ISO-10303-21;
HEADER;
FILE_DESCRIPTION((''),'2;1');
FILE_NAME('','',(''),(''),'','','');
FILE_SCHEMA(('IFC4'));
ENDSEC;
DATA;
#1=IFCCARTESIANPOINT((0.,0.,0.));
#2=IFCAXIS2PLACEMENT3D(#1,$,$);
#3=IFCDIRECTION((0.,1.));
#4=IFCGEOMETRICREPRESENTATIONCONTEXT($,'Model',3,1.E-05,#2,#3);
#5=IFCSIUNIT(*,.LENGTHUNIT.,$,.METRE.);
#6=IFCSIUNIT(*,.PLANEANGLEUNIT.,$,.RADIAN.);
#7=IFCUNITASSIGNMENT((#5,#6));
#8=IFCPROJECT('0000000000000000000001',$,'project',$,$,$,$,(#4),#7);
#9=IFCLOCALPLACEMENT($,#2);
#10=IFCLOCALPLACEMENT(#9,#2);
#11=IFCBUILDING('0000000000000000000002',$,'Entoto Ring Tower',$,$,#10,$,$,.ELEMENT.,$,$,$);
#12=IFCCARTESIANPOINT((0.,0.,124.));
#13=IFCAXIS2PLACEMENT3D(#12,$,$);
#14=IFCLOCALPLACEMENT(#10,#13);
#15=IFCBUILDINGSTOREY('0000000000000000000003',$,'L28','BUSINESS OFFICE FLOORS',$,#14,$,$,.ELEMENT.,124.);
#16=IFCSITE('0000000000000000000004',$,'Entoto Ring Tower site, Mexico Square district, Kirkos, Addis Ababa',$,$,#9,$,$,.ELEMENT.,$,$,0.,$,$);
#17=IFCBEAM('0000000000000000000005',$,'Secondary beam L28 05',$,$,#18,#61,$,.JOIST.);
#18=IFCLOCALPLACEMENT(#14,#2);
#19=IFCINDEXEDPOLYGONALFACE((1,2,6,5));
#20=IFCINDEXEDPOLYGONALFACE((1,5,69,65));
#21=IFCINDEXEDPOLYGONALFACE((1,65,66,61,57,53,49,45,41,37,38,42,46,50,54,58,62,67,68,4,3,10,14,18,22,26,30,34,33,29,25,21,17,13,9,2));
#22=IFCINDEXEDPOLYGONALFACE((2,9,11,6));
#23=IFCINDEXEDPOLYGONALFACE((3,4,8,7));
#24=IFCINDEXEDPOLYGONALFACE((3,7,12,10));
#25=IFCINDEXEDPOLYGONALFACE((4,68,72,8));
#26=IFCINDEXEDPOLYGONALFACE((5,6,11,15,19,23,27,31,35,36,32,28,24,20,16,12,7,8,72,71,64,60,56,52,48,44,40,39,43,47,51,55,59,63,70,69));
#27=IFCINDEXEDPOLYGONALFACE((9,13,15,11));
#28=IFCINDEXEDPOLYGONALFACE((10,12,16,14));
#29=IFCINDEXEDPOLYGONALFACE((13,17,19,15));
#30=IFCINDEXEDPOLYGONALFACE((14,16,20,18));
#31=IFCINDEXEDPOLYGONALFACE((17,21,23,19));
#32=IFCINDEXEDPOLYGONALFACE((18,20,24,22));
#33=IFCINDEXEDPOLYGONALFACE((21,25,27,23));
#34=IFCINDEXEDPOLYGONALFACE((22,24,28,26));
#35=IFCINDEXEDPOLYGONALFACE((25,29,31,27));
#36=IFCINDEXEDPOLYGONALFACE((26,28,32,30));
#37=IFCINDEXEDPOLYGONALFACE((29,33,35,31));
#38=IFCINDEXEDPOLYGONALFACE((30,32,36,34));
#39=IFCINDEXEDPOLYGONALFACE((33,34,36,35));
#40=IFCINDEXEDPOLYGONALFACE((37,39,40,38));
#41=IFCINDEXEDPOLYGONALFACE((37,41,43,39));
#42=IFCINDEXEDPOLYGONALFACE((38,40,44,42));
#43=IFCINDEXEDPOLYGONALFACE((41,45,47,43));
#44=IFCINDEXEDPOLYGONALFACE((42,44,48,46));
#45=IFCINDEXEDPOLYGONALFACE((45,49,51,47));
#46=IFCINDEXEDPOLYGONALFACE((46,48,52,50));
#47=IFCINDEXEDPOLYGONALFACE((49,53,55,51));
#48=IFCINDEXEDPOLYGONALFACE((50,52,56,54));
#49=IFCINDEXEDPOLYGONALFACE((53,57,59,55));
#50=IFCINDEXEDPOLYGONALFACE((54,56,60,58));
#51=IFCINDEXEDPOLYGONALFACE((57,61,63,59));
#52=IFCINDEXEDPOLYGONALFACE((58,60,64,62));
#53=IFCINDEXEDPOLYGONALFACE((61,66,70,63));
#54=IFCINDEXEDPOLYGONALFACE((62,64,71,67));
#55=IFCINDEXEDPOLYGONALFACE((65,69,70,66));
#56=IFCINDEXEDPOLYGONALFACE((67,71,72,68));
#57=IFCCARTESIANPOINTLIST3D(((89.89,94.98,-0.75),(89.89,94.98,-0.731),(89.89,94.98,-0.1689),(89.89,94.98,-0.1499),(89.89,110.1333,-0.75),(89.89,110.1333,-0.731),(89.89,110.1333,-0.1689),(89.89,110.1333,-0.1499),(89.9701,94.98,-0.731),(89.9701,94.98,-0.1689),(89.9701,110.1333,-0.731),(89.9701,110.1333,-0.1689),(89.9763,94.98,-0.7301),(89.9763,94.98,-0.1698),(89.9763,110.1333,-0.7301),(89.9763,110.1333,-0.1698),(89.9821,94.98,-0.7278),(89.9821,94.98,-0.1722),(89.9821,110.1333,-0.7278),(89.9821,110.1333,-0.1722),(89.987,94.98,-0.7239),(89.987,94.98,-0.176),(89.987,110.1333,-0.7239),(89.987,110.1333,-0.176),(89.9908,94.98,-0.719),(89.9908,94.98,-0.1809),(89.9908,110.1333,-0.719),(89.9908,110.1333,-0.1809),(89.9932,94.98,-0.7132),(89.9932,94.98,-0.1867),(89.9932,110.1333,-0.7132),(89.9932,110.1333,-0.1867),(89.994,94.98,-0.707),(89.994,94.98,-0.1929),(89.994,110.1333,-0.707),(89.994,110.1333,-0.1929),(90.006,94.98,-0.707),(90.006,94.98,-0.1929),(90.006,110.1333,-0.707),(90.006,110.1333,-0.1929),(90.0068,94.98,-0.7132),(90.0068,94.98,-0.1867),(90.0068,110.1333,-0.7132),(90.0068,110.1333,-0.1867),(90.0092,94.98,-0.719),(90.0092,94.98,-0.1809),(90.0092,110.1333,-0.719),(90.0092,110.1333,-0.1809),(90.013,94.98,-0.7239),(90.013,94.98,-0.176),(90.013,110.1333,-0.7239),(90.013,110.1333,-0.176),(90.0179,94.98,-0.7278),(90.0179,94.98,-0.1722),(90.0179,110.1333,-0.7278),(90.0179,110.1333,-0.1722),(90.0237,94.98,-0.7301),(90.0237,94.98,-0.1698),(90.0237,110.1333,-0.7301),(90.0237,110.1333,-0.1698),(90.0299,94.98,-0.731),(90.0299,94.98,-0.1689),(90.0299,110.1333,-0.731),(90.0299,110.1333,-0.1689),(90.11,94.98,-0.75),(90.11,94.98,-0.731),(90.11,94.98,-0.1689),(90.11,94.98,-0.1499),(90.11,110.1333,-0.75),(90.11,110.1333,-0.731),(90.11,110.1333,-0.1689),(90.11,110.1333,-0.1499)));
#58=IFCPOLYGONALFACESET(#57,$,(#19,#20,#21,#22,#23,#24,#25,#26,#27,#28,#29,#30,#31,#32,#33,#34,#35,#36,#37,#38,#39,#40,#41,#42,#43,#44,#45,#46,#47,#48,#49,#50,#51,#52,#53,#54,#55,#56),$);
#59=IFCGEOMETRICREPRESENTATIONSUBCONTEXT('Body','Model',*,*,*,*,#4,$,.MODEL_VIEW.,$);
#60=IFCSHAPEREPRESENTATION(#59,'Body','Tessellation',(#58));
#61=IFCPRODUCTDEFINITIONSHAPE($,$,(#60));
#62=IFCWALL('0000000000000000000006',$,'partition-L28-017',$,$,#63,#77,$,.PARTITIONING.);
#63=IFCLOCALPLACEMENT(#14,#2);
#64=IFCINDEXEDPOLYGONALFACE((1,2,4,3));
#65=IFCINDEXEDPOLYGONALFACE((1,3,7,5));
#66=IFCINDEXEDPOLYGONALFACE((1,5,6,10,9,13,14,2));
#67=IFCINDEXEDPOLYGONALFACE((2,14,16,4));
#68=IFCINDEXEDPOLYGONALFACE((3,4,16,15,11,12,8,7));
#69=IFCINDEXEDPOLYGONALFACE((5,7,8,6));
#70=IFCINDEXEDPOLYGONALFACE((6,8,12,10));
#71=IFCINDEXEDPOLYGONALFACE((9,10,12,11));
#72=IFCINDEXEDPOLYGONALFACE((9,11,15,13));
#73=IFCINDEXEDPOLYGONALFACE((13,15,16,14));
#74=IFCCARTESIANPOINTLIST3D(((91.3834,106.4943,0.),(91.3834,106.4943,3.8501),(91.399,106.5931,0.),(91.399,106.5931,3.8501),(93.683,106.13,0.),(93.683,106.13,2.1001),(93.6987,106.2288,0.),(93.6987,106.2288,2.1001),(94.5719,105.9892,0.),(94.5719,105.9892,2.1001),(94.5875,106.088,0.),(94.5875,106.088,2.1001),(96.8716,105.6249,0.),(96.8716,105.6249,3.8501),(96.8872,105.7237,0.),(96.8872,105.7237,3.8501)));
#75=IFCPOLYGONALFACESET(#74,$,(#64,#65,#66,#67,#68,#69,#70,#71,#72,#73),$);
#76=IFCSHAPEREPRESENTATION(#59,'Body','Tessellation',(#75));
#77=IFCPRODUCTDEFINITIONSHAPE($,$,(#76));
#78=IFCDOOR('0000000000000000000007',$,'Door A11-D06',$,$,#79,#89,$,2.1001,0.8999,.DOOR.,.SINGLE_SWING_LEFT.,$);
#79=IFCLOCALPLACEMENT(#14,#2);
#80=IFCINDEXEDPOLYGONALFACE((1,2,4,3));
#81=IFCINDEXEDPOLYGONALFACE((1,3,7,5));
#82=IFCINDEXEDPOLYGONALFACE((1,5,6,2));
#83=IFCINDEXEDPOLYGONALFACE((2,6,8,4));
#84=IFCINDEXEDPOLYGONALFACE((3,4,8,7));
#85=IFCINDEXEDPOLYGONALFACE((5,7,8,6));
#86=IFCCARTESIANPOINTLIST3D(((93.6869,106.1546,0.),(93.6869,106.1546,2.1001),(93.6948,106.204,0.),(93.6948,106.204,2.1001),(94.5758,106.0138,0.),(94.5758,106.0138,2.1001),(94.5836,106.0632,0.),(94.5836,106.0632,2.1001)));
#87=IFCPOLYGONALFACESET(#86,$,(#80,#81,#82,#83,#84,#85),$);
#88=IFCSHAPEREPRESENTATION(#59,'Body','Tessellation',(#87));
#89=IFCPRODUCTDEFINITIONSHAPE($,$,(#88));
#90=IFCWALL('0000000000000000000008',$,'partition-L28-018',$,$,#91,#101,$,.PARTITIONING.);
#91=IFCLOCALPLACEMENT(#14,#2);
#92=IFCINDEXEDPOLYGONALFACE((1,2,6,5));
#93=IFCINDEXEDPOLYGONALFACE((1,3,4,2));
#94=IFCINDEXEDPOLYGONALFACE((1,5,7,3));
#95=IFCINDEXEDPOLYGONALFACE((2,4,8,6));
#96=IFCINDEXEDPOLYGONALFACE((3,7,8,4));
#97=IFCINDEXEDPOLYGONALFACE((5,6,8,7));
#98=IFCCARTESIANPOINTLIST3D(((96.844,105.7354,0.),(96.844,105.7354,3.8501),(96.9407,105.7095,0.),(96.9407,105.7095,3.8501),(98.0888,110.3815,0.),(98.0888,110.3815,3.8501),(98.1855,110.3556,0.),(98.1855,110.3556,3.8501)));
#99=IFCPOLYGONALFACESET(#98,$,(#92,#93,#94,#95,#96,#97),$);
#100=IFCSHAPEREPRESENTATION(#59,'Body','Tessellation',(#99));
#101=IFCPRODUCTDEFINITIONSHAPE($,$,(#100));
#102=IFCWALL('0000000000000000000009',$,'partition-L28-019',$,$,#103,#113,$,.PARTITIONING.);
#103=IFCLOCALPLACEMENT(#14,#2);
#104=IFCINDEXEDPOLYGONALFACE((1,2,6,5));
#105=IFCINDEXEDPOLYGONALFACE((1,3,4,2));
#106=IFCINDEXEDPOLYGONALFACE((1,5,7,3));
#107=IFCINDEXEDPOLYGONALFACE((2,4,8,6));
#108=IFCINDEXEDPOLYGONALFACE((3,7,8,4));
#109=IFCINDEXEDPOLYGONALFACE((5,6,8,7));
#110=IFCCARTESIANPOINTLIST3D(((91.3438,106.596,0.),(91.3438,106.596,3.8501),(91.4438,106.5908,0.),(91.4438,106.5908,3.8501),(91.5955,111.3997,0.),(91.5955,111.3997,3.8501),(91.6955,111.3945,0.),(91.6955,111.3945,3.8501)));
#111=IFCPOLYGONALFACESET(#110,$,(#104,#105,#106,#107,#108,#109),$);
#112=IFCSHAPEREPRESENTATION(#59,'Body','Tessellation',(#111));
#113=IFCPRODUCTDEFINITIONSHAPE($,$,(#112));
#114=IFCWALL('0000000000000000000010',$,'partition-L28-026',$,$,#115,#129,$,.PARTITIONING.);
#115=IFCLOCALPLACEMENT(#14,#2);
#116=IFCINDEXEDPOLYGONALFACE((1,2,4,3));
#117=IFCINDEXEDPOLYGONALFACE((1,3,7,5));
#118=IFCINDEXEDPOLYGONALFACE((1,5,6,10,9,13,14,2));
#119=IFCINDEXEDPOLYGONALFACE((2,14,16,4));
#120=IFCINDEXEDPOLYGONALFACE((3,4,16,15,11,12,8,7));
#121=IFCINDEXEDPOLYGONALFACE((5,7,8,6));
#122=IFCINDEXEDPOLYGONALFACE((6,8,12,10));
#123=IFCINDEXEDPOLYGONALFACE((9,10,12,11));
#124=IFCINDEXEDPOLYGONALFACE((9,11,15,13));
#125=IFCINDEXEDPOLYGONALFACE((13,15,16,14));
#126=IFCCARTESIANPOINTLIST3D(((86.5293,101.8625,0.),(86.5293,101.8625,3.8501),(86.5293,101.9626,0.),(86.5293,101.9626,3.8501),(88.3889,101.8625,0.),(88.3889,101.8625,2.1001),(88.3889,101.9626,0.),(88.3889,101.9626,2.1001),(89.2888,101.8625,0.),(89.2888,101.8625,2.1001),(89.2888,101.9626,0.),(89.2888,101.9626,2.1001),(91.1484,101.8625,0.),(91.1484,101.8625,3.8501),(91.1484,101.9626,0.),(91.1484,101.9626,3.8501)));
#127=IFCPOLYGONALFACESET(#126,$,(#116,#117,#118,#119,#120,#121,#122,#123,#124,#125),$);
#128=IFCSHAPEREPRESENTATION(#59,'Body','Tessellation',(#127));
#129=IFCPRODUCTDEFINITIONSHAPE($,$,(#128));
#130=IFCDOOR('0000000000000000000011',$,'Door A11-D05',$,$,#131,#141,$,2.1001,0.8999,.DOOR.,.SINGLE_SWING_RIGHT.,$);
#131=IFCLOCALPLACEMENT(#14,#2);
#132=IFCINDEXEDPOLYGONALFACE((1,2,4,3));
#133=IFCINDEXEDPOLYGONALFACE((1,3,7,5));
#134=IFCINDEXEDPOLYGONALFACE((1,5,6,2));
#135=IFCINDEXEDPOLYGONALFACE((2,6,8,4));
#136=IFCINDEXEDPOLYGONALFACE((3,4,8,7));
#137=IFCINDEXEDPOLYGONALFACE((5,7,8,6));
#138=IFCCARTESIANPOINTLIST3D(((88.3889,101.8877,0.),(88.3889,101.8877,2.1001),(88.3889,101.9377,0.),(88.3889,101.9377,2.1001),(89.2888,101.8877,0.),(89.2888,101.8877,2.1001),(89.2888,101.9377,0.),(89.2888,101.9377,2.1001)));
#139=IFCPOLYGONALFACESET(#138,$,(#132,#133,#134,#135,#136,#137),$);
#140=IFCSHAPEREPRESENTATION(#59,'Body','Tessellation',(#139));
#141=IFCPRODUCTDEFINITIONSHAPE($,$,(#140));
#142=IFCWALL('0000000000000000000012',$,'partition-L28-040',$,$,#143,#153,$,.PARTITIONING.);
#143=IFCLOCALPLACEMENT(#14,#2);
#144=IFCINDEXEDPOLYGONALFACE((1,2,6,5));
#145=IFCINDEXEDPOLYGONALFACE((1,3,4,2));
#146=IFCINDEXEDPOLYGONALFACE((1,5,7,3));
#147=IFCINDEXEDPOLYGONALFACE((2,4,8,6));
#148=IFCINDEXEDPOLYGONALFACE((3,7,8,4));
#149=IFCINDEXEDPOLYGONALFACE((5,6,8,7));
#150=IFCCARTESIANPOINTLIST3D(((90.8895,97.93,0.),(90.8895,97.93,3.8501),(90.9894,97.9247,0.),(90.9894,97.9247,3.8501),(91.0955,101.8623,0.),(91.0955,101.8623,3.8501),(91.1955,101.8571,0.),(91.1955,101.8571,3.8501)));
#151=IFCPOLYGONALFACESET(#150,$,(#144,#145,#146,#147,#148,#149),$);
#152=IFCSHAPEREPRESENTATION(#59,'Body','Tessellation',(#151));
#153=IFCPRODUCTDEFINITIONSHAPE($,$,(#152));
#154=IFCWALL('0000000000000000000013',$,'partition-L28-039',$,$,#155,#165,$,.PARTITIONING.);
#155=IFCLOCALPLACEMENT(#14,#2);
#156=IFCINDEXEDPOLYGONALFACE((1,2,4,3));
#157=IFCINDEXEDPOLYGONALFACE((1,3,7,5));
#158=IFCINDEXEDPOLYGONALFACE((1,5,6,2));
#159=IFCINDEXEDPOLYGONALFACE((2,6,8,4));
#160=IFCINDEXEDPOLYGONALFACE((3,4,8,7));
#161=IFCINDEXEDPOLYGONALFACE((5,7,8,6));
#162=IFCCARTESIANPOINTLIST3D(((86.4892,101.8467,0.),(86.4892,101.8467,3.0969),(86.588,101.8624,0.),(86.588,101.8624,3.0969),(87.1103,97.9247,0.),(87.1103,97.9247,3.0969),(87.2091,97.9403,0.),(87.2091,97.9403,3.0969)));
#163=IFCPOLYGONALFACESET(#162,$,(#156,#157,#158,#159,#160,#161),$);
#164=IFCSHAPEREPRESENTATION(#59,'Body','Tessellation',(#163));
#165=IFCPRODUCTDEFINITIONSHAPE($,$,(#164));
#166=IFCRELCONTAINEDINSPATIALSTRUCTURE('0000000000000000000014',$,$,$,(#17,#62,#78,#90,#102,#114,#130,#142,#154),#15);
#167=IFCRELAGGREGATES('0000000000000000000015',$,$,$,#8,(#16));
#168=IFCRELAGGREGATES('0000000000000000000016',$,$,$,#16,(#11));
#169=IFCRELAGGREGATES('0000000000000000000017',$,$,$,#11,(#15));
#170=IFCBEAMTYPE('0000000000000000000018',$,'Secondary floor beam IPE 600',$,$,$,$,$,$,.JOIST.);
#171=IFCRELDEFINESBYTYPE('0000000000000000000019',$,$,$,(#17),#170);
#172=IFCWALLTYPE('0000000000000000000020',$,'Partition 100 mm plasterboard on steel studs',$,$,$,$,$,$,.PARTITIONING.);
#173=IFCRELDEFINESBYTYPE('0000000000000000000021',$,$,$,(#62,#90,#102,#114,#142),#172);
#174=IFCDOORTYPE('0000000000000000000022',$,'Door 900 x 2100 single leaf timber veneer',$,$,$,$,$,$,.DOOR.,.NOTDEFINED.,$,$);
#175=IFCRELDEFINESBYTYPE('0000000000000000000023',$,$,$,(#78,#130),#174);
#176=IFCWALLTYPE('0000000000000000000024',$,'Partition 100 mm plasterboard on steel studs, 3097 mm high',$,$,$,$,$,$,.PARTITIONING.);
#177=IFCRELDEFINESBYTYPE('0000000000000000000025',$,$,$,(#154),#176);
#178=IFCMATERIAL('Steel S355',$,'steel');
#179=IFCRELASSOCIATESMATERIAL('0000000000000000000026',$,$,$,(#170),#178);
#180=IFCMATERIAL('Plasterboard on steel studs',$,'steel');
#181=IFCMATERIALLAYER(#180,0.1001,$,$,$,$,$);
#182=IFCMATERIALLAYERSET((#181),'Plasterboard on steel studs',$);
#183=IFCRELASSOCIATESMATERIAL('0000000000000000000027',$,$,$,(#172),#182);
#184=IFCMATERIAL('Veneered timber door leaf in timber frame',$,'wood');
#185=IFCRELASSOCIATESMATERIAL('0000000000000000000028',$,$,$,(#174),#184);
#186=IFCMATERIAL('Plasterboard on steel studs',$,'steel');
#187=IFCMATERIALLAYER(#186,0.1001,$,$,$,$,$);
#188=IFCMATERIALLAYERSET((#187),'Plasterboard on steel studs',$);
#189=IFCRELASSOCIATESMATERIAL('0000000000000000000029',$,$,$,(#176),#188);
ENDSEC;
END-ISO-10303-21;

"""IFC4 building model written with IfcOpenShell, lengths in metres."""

from ifc_helpers import new_model, si_unit, direction, frame, frame_2d, origin, origin_2d, place, context, subcontext, project, spatial, rectangle, i_section, extrude, material, layer, layer_set, material_profile, profile_set, type_object, element, fill, save


model = new_model("IFC4")

# Units and contexts
model_context = context("Model", 3, precision=1e-05, world=origin(), true_north=direction((0.0, 1.0)))
body_context = subcontext(model_context, "Body", "Model", "MODEL_VIEW")
ifc_project = project(units=[si_unit("LENGTHUNIT", "METRE"), si_unit("PLANEANGLEUNIT", "RADIAN")], contexts=[model_context])

# Site, building, storey
site_placement = place(None, origin())
site = spatial("IfcSite", under=ifc_project, at=site_placement, Name="Entoto Ring Tower site, Mexico Square district, Kirkos, Addis Ababa", CompositionType="ELEMENT", RefElevation=0.0)
building_placement = place(site_placement, origin())
building = spatial("IfcBuilding", under=site, at=building_placement, Name="Entoto Ring Tower", CompositionType="ELEMENT")
storey_placement = place(building_placement, frame((0.0, 0.0, 124.0)))
storey = spatial("IfcBuildingStorey", under=building, at=storey_placement, Name="L28", Description="BUSINESS OFFICE FLOORS", CompositionType="ELEMENT", Elevation=124.0)

# Beam
ifc_material_1 = material(Name="Steel S355", Category="steel")
ifc_material_profile_1 = material_profile(ifc_material_1, i_section(OverallWidth=0.22, OverallDepth=0.6001, WebThickness=0.012, FlangeThickness=0.019, FilletRadius=0.0239, at=origin_2d()), Name="IPE 600")
ifc_profile_set_1 = profile_set([ifc_material_profile_1], Name="Steel S355")
beam_type_1 = type_object("IfcBeamType", Name="Secondary floor beam IPE 600", PredefinedType="JOIST", material=ifc_profile_set_1)
beam_1_placement = place(storey_placement, frame((90.0, 94.98, -0.45), z_axis=(0.0, 1.0, 0.0), x_axis=(-1.0, 0.0, 0.0)))
element("IfcBeam", 1, at=beam_1_placement, inside=storey, type_object=beam_type_1, Name="Secondary beam L28 05", PredefinedType="JOIST", context=body_context, shape_type="SweptSolid", body=[
    extrude(i_section(OverallWidth=0.22, OverallDepth=0.6001, WebThickness=0.012, FlangeThickness=0.019, FilletRadius=0.0239, at=origin_2d()), origin(), (0.0, 0.0, 1.0), 15.1533),
])

# Wall, opening, door
ifc_material_2 = material(Name="Plasterboard on steel studs", Category="steel")
ifc_layer_1 = layer(ifc_material_2, 0.1001)
ifc_layer_set_1 = layer_set([ifc_layer_1], Name="Plasterboard on steel studs")
wall_type_1 = type_object("IfcWallType", Name="Partition 100 mm plasterboard on steel studs", PredefinedType="PARTITIONING", material=ifc_layer_set_1)
wall_1_placement = place(storey_placement, frame((96.8794, 105.6743, 0.0), z_axis=(0.0, 0.0, 1.0), x_axis=(-0.987685, 0.156457, 0.0)))
wall_1 = element("IfcWall", 2, at=wall_1_placement, inside=storey, type_object=wall_type_1, Name="partition-L28-017", PredefinedType="PARTITIONING", context=body_context, shape_type="SweptSolid", body=[
    extrude(rectangle(XDim=5.5566, YDim=0.1001, at=frame_2d((2.7783, 0.0))), origin(), (0.0, 0.0, 1.0), 3.8501),
])
opening_1_placement = place(wall_1_placement, frame((2.3284, 0.0, 0.0)))
opening_1 = element("IfcOpeningElement", 3, at=opening_1_placement, cuts=wall_1, PredefinedType="OPENING", context=body_context, shape_type="SweptSolid", body=[
    extrude(rectangle(XDim=0.8999, YDim=2.1001, at=frame_2d((0.45, 1.05))), frame((0.0, 0.0601, 0.0), z_axis=(0.0, -1.0, 0.0), x_axis=(1.0, 0.0, 0.0)), (0.0, 0.0, 1.0), 0.1201),
])
ifc_material_3 = material(Name="Veneered timber door leaf in timber frame", Category="wood")
door_type = type_object("IfcDoorType", Name="Door 900 x 2100 single leaf timber veneer", OperationType="NOTDEFINED", PredefinedType="DOOR", material=ifc_material_3)
door_1_placement = place(opening_1_placement, frame((0.8999, 0.0, 0.0), z_axis=(0.0, 0.0, 1.0), x_axis=(-1.0, 0.0, 0.0)))
door_1 = element("IfcDoor", 4, at=door_1_placement, inside=storey, type_object=door_type, Name="Door A11-D06", OperationType="SINGLE_SWING_LEFT", OverallHeight=2.1001, OverallWidth=0.8999, PredefinedType="DOOR", context=body_context, shape_type="SweptSolid", body=[
    extrude(rectangle(XDim=0.8999, YDim=2.1001, at=frame_2d((0.45, 1.05))), frame((0.0, 0.0249, 0.0), z_axis=(0.0, -1.0, 0.0), x_axis=(1.0, 0.0, 0.0)), (0.0, 0.0, 1.0), 0.05),
])
fill(opening_1, door_1)

# Walls
wall_2_placement = place(storey_placement, frame((96.8923, 105.7224, 0.0), z_axis=(0.0, 0.0, 1.0), x_axis=(0.258803, 0.96593, 0.0)))
element("IfcWall", 5, at=wall_2_placement, inside=storey, type_object=wall_type_1, Name="partition-L28-018", PredefinedType="PARTITIONING", context=body_context, shape_type="SweptSolid", body=[
    extrude(rectangle(XDim=4.8101, YDim=0.1001, at=frame_2d((2.405, 0.0))), origin(), (0.0, 0.0, 1.0), 3.8501),
])
wall_3_placement = place(storey_placement, frame((91.3938, 106.5933, 0.0), z_axis=(0.0, 0.0, 1.0), x_axis=(0.052327, 0.99863, 0.0)))
element("IfcWall", 6, at=wall_3_placement, inside=storey, type_object=wall_type_1, Name="partition-L28-019", PredefinedType="PARTITIONING", context=body_context, shape_type="SweptSolid", body=[
    extrude(rectangle(XDim=4.8103, YDim=0.1001, at=frame_2d((2.4053, 0.0))), origin(), (0.0, 0.0, 1.0), 3.8501),
])

# Wall, opening, door
wall_4_placement = place(storey_placement, frame((86.5293, 101.9126, 0.0), z_axis=(0.0, 0.0, 1.0), x_axis=(1.0, 0.0, 0.0)))
wall_4 = element("IfcWall", 7, at=wall_4_placement, inside=storey, type_object=wall_type_1, Name="partition-L28-026", PredefinedType="PARTITIONING", context=body_context, shape_type="SweptSolid", body=[
    extrude(rectangle(XDim=4.6191, YDim=0.1001, at=frame_2d((2.3096, 0.0))), origin(), (0.0, 0.0, 1.0), 3.8501),
])
opening_2_placement = place(wall_4_placement, frame((1.8596, 0.0, 0.0)))
opening_2 = element("IfcOpeningElement", 8, at=opening_2_placement, cuts=wall_4, PredefinedType="OPENING", context=body_context, shape_type="SweptSolid", body=[
    extrude(rectangle(XDim=0.8999, YDim=2.1001, at=frame_2d((0.45, 1.05))), frame((0.0, 0.0601, 0.0), z_axis=(0.0, -1.0, 0.0), x_axis=(1.0, 0.0, 0.0)), (0.0, 0.0, 1.0), 0.1201),
])
door_2_placement = place(opening_2_placement, frame((0.8999, 0.0, 0.0), z_axis=(0.0, 0.0, 1.0), x_axis=(-1.0, 0.0, 0.0)))
door_2 = element("IfcDoor", 9, at=door_2_placement, inside=storey, type_object=door_type, Name="Door A11-D05", OperationType="SINGLE_SWING_RIGHT", OverallHeight=2.1001, OverallWidth=0.8999, PredefinedType="DOOR", context=body_context, shape_type="SweptSolid", body=[
    extrude(rectangle(XDim=0.8999, YDim=2.1001, at=frame_2d((0.45, 1.05))), frame((0.0, 0.0249, 0.0), z_axis=(0.0, -1.0, 0.0), x_axis=(1.0, 0.0, 0.0)), (0.0, 0.0, 1.0), 0.05),
])
fill(opening_2, door_2)

# Walls
wall_5_placement = place(storey_placement, frame((90.9395, 97.9275, 0.0), z_axis=(0.0, 0.0, 1.0), x_axis=(0.052328, 0.99863, 0.0)))
element("IfcWall", 10, at=wall_5_placement, inside=storey, type_object=wall_type_1, Name="partition-L28-040", PredefinedType="PARTITIONING", context=body_context, shape_type="SweptSolid", body=[
    extrude(rectangle(XDim=3.9377, YDim=0.1001, at=frame_2d((1.9688, 0.0))), origin(), (0.0, 0.0, 1.0), 3.8501),
])
ifc_material_4 = material(Name="Plasterboard on steel studs", Category="steel")
ifc_layer_2 = layer(ifc_material_4, 0.1001)
ifc_layer_set_2 = layer_set([ifc_layer_2], Name="Plasterboard on steel studs")
wall_type_2 = type_object("IfcWallType", Name="Partition 100 mm plasterboard on steel studs, 3097 mm high", PredefinedType="PARTITIONING", material=ifc_layer_set_2)
wall_6_placement = place(storey_placement, frame((87.1597, 97.9326, 0.0), z_axis=(0.0, 0.0, 1.0), x_axis=(-0.156408, 0.987693, 0.0)))
element("IfcWall", 11, at=wall_6_placement, inside=storey, type_object=wall_type_2, Name="partition-L28-039", PredefinedType="PARTITIONING", context=body_context, shape_type="SweptSolid", body=[
    extrude(rectangle(XDim=3.9709, YDim=0.1001, at=frame_2d((1.9854, 0.0))), origin(), (0.0, 0.0, 1.0), 3.0969),
])

save(model, "model.ifc")
